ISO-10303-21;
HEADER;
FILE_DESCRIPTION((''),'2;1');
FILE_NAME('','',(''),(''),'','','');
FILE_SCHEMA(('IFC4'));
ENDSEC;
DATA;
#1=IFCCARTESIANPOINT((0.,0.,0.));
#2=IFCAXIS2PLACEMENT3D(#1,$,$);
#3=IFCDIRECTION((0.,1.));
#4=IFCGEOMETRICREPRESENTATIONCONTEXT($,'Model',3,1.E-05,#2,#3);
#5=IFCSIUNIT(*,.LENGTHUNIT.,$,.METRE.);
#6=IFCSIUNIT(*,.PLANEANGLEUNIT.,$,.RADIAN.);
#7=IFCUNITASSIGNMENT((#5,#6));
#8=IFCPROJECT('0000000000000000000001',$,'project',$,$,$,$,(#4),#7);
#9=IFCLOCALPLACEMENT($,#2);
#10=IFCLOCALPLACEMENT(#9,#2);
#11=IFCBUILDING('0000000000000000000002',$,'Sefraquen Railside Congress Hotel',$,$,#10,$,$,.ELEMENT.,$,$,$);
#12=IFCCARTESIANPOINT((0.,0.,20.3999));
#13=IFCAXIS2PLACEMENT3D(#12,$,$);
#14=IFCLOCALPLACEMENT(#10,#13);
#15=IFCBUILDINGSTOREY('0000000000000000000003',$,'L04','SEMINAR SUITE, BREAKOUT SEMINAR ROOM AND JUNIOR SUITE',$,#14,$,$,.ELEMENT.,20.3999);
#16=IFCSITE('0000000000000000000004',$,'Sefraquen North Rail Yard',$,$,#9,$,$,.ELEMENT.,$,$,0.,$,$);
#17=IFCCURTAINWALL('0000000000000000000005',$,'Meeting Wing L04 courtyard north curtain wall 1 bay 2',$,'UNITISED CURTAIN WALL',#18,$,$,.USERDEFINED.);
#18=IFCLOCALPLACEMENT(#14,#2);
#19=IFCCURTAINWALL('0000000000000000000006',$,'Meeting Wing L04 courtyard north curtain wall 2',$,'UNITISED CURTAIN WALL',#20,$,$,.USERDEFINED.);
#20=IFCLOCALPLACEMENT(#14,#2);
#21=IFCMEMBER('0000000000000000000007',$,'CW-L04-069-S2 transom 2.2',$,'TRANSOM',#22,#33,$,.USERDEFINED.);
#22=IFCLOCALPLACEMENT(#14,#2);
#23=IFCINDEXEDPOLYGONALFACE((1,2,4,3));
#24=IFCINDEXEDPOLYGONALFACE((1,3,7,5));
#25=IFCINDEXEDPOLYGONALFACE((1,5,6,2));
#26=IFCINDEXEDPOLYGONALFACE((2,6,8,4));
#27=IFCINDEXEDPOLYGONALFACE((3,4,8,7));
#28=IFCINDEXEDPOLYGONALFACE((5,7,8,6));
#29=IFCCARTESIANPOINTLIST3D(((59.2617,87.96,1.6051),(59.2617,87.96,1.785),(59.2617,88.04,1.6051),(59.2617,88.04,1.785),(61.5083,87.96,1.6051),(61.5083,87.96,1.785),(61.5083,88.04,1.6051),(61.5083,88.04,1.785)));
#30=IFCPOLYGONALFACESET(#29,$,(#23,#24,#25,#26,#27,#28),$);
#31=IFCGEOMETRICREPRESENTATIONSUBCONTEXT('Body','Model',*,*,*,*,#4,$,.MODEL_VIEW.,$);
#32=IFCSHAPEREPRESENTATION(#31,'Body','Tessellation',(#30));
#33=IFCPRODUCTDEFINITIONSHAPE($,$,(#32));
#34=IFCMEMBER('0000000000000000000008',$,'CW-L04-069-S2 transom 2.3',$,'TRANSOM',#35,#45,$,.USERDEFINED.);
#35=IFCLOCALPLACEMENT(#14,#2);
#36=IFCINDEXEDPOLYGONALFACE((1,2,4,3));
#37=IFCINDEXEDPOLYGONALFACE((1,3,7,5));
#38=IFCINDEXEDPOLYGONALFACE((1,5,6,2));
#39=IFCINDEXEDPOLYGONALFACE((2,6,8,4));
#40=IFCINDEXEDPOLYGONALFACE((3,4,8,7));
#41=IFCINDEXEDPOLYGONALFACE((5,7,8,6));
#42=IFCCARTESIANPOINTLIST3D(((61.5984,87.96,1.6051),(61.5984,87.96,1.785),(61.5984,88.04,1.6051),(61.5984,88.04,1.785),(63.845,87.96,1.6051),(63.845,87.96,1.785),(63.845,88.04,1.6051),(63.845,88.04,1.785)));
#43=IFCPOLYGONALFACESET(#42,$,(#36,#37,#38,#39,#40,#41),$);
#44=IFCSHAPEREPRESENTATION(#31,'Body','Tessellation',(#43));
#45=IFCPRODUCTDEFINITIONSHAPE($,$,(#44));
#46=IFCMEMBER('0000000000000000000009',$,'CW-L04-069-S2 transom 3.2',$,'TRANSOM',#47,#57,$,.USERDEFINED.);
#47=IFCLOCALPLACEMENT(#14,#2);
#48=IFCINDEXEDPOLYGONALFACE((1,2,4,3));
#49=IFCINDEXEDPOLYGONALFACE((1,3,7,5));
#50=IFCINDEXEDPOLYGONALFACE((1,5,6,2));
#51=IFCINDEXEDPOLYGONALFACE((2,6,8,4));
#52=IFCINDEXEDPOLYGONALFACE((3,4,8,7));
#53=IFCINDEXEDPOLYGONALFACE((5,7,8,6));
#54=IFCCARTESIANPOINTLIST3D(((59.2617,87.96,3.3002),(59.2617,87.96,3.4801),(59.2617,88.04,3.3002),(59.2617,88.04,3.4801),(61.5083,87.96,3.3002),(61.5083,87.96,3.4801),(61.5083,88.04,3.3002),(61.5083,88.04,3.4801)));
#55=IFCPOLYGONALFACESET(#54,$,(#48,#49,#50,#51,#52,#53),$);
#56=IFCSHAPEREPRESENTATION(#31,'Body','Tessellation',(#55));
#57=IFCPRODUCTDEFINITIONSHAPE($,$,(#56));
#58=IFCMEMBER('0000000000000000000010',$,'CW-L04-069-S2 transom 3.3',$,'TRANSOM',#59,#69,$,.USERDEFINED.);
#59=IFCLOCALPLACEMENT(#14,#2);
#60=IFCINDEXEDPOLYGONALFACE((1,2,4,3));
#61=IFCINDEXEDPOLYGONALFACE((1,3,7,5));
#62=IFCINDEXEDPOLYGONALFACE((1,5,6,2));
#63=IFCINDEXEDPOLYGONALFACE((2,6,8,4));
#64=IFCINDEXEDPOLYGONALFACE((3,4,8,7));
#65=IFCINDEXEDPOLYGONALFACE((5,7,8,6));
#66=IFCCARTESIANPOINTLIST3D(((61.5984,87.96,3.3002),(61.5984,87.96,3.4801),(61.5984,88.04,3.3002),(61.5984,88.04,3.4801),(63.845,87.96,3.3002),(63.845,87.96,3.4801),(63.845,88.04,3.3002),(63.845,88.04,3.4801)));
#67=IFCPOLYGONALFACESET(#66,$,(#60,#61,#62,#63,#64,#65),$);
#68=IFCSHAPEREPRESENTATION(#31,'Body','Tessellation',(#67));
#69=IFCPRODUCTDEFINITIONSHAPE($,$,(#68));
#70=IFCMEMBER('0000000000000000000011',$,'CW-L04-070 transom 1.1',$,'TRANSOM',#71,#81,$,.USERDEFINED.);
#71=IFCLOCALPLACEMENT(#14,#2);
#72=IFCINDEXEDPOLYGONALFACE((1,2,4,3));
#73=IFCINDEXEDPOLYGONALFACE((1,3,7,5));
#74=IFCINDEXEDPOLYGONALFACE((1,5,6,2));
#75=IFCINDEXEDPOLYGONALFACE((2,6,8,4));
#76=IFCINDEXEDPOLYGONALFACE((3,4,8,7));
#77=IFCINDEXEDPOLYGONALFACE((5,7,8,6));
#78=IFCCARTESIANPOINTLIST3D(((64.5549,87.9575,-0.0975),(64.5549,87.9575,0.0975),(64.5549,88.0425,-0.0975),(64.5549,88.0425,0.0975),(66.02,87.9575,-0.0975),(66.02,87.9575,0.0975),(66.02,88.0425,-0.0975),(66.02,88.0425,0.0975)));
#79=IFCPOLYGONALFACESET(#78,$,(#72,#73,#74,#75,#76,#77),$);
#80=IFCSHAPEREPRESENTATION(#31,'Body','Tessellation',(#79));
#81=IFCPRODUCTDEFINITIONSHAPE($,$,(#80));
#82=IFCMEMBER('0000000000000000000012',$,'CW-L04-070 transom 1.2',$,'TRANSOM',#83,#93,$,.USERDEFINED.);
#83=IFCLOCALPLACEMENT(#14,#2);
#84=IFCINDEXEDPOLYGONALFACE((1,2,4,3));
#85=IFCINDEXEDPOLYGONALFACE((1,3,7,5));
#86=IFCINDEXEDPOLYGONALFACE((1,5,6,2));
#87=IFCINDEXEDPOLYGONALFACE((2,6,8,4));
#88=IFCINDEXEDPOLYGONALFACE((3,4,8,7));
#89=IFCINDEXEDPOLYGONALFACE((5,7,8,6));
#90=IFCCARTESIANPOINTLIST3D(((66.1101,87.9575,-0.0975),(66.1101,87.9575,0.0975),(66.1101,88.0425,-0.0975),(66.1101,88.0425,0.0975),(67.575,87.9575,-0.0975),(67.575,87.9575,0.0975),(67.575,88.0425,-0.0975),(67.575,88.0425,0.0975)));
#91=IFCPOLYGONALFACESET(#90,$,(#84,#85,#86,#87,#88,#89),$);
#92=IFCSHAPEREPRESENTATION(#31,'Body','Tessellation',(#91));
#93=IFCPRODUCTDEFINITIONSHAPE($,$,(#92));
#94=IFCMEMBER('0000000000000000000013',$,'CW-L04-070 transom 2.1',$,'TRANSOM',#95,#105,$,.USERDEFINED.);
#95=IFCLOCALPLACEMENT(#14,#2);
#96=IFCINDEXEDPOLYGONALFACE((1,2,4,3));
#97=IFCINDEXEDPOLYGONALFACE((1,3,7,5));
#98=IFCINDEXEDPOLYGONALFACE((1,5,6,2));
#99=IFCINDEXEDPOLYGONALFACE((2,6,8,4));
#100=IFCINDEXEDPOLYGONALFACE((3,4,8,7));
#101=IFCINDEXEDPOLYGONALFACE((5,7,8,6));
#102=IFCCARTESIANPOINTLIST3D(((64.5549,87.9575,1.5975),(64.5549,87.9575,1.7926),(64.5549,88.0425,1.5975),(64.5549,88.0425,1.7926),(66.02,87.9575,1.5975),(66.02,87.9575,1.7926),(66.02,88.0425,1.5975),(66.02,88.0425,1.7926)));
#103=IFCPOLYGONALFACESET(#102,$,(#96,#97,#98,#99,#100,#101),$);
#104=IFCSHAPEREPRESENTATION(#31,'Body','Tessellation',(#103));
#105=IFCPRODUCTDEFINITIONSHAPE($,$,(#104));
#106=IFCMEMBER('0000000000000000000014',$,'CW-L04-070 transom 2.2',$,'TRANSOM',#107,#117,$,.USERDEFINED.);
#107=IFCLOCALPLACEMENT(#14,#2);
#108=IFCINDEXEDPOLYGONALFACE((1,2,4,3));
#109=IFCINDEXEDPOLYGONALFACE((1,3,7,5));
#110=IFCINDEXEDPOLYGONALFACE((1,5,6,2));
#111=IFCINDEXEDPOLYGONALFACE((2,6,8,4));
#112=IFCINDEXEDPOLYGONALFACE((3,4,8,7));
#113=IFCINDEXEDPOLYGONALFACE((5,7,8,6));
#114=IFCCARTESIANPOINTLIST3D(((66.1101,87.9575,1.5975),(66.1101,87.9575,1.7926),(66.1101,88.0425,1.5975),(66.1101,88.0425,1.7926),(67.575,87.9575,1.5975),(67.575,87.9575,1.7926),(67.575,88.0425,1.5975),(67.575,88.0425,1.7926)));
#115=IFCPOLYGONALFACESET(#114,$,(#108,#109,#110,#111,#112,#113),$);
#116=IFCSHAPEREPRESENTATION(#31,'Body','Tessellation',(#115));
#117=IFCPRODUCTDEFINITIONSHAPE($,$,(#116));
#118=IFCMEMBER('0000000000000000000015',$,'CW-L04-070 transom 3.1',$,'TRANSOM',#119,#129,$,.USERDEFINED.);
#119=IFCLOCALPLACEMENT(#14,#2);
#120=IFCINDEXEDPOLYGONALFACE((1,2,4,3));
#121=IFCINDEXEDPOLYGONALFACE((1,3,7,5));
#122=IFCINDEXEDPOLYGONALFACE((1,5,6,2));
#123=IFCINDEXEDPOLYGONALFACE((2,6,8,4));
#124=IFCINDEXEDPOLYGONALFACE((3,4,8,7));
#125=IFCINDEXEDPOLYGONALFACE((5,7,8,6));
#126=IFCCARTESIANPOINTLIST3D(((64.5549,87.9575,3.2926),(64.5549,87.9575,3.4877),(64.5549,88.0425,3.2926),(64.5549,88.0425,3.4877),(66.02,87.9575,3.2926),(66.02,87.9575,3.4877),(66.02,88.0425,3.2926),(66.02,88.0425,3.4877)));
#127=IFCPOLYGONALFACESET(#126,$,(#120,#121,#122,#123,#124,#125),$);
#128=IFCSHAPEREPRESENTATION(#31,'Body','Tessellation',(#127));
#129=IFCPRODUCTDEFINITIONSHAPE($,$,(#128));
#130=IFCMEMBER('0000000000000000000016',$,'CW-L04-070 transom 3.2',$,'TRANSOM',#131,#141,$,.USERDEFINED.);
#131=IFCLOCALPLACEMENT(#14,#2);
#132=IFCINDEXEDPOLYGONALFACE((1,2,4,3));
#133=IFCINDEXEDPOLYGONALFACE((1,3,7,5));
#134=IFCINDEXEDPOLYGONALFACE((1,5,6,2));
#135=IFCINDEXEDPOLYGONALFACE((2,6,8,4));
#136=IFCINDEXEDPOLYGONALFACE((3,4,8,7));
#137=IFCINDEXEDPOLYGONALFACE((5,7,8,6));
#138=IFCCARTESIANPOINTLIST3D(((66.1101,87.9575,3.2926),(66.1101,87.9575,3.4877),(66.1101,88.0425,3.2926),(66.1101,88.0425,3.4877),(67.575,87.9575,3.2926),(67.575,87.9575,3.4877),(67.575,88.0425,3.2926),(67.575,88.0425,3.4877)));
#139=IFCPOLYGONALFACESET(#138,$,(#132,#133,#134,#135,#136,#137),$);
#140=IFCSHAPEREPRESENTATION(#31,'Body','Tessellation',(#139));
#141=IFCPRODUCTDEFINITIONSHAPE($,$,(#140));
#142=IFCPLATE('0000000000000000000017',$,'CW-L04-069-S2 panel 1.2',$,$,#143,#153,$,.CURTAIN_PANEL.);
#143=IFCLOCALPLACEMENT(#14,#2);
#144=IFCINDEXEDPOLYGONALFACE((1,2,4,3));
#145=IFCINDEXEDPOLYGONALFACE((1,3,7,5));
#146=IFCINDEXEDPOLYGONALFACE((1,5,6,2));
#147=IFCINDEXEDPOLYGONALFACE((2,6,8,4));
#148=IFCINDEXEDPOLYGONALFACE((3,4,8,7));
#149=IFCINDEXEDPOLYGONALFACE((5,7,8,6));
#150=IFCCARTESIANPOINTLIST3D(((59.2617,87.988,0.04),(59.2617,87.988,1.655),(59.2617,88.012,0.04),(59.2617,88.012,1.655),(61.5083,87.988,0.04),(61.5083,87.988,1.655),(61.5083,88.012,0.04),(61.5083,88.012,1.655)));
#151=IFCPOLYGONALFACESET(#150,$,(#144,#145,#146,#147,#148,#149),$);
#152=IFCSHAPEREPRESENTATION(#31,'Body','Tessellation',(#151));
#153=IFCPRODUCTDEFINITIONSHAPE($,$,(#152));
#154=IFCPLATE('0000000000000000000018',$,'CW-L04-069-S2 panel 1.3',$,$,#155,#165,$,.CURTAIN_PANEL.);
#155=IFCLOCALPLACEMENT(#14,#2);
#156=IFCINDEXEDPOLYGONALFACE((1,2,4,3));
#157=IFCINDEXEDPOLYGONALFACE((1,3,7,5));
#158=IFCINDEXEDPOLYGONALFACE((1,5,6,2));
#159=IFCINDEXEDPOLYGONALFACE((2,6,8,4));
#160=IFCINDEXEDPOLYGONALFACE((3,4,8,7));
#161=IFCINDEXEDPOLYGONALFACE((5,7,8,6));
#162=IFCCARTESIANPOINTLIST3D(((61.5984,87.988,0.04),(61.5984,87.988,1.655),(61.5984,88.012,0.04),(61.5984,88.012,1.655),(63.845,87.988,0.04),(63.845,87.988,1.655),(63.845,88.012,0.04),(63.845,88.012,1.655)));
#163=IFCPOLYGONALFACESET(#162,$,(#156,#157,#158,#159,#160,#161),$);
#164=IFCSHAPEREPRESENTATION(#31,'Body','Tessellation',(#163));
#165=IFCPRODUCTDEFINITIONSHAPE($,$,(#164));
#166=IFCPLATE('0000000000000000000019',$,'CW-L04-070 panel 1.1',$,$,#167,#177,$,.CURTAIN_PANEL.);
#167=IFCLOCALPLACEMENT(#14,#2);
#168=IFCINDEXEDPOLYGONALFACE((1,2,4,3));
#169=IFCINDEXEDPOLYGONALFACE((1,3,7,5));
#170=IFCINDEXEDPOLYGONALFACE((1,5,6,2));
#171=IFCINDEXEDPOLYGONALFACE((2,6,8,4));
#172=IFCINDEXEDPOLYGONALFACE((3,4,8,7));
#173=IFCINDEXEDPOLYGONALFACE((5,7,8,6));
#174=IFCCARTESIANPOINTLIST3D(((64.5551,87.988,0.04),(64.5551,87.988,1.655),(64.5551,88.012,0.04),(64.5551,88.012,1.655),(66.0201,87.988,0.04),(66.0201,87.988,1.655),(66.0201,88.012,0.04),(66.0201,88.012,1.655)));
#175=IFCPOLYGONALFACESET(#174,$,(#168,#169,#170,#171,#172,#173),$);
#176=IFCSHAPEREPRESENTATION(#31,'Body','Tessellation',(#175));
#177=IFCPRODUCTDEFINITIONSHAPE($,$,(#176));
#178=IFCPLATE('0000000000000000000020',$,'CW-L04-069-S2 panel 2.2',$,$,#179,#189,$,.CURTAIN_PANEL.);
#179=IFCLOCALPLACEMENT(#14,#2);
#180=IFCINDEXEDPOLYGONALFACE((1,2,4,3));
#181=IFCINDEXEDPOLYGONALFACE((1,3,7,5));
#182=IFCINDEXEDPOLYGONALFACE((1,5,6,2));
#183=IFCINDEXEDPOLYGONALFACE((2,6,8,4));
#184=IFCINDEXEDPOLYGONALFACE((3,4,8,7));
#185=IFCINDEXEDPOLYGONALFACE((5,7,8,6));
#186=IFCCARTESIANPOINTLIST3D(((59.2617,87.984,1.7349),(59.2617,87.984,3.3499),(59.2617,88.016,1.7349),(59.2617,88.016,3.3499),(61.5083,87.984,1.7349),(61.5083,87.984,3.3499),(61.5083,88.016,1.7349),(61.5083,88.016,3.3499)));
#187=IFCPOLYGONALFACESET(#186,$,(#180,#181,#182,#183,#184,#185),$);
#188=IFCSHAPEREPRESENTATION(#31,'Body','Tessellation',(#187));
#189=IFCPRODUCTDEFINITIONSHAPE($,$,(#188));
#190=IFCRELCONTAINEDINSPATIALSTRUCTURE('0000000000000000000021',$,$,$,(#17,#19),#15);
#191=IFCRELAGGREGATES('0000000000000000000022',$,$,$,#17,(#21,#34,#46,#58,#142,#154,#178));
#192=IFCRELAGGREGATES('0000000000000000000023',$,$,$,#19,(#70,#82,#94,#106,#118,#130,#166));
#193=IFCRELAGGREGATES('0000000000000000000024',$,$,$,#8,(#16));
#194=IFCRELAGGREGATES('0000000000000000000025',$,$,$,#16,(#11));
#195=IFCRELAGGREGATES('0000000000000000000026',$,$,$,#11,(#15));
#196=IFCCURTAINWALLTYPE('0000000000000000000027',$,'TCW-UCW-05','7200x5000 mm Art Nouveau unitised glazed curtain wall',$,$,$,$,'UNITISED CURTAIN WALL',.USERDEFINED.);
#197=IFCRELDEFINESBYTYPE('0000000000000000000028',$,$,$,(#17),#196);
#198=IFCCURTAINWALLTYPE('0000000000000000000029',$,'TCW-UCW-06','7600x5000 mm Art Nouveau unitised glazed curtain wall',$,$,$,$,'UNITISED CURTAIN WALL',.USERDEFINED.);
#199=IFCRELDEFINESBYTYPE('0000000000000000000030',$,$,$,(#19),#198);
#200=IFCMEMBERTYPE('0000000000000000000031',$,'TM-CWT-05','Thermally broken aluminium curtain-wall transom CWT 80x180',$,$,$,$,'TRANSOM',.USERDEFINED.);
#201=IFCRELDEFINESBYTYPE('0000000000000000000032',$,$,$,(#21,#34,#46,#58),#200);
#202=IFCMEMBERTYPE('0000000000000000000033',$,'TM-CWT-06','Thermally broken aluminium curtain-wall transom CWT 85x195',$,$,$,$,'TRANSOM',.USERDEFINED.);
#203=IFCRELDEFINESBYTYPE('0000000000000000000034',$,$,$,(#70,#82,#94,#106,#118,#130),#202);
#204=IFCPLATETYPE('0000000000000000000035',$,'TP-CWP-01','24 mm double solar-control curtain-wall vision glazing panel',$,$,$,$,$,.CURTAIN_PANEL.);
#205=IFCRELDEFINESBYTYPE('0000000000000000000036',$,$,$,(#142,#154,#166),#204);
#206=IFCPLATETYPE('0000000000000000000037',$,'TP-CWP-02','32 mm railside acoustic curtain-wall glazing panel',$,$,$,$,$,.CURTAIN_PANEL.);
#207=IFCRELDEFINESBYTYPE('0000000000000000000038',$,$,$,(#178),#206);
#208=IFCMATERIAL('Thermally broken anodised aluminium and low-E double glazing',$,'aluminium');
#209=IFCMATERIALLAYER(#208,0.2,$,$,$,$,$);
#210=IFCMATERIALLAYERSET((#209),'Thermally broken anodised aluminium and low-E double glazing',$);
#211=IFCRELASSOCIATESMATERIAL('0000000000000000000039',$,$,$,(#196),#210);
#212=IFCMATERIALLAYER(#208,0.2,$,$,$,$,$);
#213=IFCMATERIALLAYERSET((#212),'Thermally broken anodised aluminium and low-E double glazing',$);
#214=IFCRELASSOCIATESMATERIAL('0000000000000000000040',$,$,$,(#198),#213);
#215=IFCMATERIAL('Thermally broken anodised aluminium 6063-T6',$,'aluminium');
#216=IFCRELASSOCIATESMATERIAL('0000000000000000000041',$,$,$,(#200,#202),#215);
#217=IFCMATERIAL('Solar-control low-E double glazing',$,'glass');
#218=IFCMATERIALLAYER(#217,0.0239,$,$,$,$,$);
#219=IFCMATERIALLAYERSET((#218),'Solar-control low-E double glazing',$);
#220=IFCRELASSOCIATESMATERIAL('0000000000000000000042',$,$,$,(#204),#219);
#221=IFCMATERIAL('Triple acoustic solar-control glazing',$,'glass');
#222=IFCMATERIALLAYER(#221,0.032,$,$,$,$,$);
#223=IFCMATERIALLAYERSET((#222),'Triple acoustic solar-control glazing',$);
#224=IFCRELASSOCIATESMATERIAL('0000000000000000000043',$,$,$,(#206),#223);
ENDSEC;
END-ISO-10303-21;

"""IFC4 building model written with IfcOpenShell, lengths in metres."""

from ifc_helpers import new_model, si_unit, direction, frame, origin, origin_2d, place, context, subcontext, project, spatial, rectangle, extrude, material, layer, layer_set, material_profile, profile_set, type_object, element, aggregate, save


model = new_model("IFC4")

# Units and contexts
model_context = context("Model", 3, precision=1e-05, world=origin(), true_north=direction((0.0, 1.0)))
body_context = subcontext(model_context, "Body", "Model", "MODEL_VIEW")
ifc_project = project(units=[si_unit("LENGTHUNIT", "METRE"), si_unit("PLANEANGLEUNIT", "RADIAN")], contexts=[model_context])

# Site, building, storey
site_placement = place(None, origin())
site = spatial("IfcSite", under=ifc_project, at=site_placement, Name="Sefraquen North Rail Yard", CompositionType="ELEMENT", RefElevation=0.0)
building_placement = place(site_placement, origin())
building = spatial("IfcBuilding", under=site, at=building_placement, Name="Sefraquen Railside Congress Hotel", CompositionType="ELEMENT")
storey_placement = place(building_placement, frame((0.0, 0.0, 20.3999)))
storey = spatial("IfcBuildingStorey", under=building, at=storey_placement, Name="L04", Description="SEMINAR SUITE, BREAKOUT SEMINAR ROOM AND JUNIOR SUITE", CompositionType="ELEMENT", Elevation=20.3999)

# Curtain wall
ifc_material_1 = material(Name="Thermally broken anodised aluminium and low-E double glazing", Category="aluminium")
ifc_layer_1 = layer(ifc_material_1, 0.2)
ifc_layer_set_1 = layer_set([ifc_layer_1], Name="Thermally broken anodised aluminium and low-E double glazing")
curtain_wall_type_1 = type_object("IfcCurtainWallType", Name="TCW-UCW-05", Description="7200x5000 mm Art Nouveau unitised glazed curtain wall", ElementType="UNITISED CURTAIN WALL", PredefinedType="USERDEFINED", material=ifc_layer_set_1)
curtain_wall_1_placement = place(storey_placement, origin())
curtain_wall_1 = element("IfcCurtainWall", 1, at=curtain_wall_1_placement, inside=storey, type_object=curtain_wall_type_1, Name="Meeting Wing L04 courtyard north curtain wall 1 bay 2", ObjectType="UNITISED CURTAIN WALL", PredefinedType="USERDEFINED")
ifc_material_2 = material(Name="Thermally broken anodised aluminium 6063-T6", Category="aluminium")

# Curtain wall
ifc_layer_2 = layer(ifc_material_1, 0.2)
ifc_layer_set_2 = layer_set([ifc_layer_2], Name="Thermally broken anodised aluminium and low-E double glazing")
curtain_wall_type_2 = type_object("IfcCurtainWallType", Name="TCW-UCW-06", Description="7600x5000 mm Art Nouveau unitised glazed curtain wall", ElementType="UNITISED CURTAIN WALL", PredefinedType="USERDEFINED", material=ifc_layer_set_2)
curtain_wall_2_placement = place(storey_placement, origin())
curtain_wall_2 = element("IfcCurtainWall", 2, at=curtain_wall_2_placement, inside=storey, type_object=curtain_wall_type_2, Name="Meeting Wing L04 courtyard north curtain wall 2", ObjectType="UNITISED CURTAIN WALL", PredefinedType="USERDEFINED")

# Members
ifc_material_profile_1 = material_profile(ifc_material_2, rectangle(XDim=0.0801, YDim=0.1799, at=origin_2d()), Name="CWT 80x180")
ifc_profile_set_1 = profile_set([ifc_material_profile_1], Name="Thermally broken anodised aluminium 6063-T6")
member_type_1 = type_object("IfcMemberType", Name="TM-CWT-05", Description="Thermally broken aluminium curtain-wall transom CWT 80x180", ElementType="TRANSOM", PredefinedType="USERDEFINED", material=ifc_profile_set_1)
member_1_placement = place(storey_placement, frame((59.2617, 88.0, 1.6951), z_axis=(1.0, 0.0, 0.0), x_axis=(0.0, 1.0, 0.0)))
member_1 = element("IfcMember", 3, at=member_1_placement, type_object=member_type_1, Name="CW-L04-069-S2 transom 2.2", ObjectType="TRANSOM", PredefinedType="USERDEFINED", context=body_context, shape_type="SweptSolid", body=[
    extrude(rectangle(XDim=0.0801, YDim=0.1799, at=origin_2d()), origin(), (0.0, 0.0, 1.0), 2.2466),
])
member_2_placement = place(storey_placement, frame((61.5984, 88.0, 1.6951), z_axis=(1.0, 0.0, 0.0), x_axis=(0.0, 1.0, 0.0)))
member_2 = element("IfcMember", 4, at=member_2_placement, type_object=member_type_1, Name="CW-L04-069-S2 transom 2.3", ObjectType="TRANSOM", PredefinedType="USERDEFINED", context=body_context, shape_type="SweptSolid", body=[
    extrude(rectangle(XDim=0.0801, YDim=0.1799, at=origin_2d()), origin(), (0.0, 0.0, 1.0), 2.2466),
])
member_3_placement = place(storey_placement, frame((59.2617, 88.0, 3.3901), z_axis=(1.0, 0.0, 0.0), x_axis=(0.0, 1.0, 0.0)))
member_3 = element("IfcMember", 5, at=member_3_placement, type_object=member_type_1, Name="CW-L04-069-S2 transom 3.2", ObjectType="TRANSOM", PredefinedType="USERDEFINED", context=body_context, shape_type="SweptSolid", body=[
    extrude(rectangle(XDim=0.0801, YDim=0.1799, at=origin_2d()), origin(), (0.0, 0.0, 1.0), 2.2466),
])
member_4_placement = place(storey_placement, frame((61.5984, 88.0, 3.3901), z_axis=(1.0, 0.0, 0.0), x_axis=(0.0, 1.0, 0.0)))
member_4 = element("IfcMember", 6, at=member_4_placement, type_object=member_type_1, Name="CW-L04-069-S2 transom 3.3", ObjectType="TRANSOM", PredefinedType="USERDEFINED", context=body_context, shape_type="SweptSolid", body=[
    extrude(rectangle(XDim=0.0801, YDim=0.1799, at=origin_2d()), origin(), (0.0, 0.0, 1.0), 2.2466),
])
ifc_material_profile_2 = material_profile(ifc_material_2, rectangle(XDim=0.085, YDim=0.1951, at=origin_2d()), Name="CWT 85x195")
ifc_profile_set_2 = profile_set([ifc_material_profile_2], Name="Thermally broken anodised aluminium 6063-T6")
member_type_2 = type_object("IfcMemberType", Name="TM-CWT-06", Description="Thermally broken aluminium curtain-wall transom CWT 85x195", ElementType="TRANSOM", PredefinedType="USERDEFINED", material=ifc_profile_set_2)
member_5_placement = place(storey_placement, frame((64.5549, 88.0, 0.0), z_axis=(1.0, 0.0, 0.0), x_axis=(0.0, 1.0, 0.0)))
member_5 = element("IfcMember", 7, at=member_5_placement, type_object=member_type_2, Name="CW-L04-070 transom 1.1", ObjectType="TRANSOM", PredefinedType="USERDEFINED", context=body_context, shape_type="SweptSolid", body=[
    extrude(rectangle(XDim=0.085, YDim=0.1951, at=origin_2d()), origin(), (0.0, 0.0, 1.0), 1.4651),
])
member_6_placement = place(storey_placement, frame((66.1101, 88.0, 0.0), z_axis=(1.0, 0.0, 0.0), x_axis=(0.0, 1.0, 0.0)))
member_6 = element("IfcMember", 8, at=member_6_placement, type_object=member_type_2, Name="CW-L04-070 transom 1.2", ObjectType="TRANSOM", PredefinedType="USERDEFINED", context=body_context, shape_type="SweptSolid", body=[
    extrude(rectangle(XDim=0.085, YDim=0.1951, at=origin_2d()), origin(), (0.0, 0.0, 1.0), 1.4648),
])
member_7_placement = place(storey_placement, frame((64.5549, 88.0, 1.6951), z_axis=(1.0, 0.0, 0.0), x_axis=(0.0, 1.0, 0.0)))
member_7 = element("IfcMember", 9, at=member_7_placement, type_object=member_type_2, Name="CW-L04-070 transom 2.1", ObjectType="TRANSOM", PredefinedType="USERDEFINED", context=body_context, shape_type="SweptSolid", body=[
    extrude(rectangle(XDim=0.085, YDim=0.1951, at=origin_2d()), origin(), (0.0, 0.0, 1.0), 1.4651),
])
member_8_placement = place(storey_placement, frame((66.1101, 88.0, 1.6951), z_axis=(1.0, 0.0, 0.0), x_axis=(0.0, 1.0, 0.0)))
member_8 = element("IfcMember", 10, at=member_8_placement, type_object=member_type_2, Name="CW-L04-070 transom 2.2", ObjectType="TRANSOM", PredefinedType="USERDEFINED", context=body_context, shape_type="SweptSolid", body=[
    extrude(rectangle(XDim=0.085, YDim=0.1951, at=origin_2d()), origin(), (0.0, 0.0, 1.0), 1.4648),
])
member_9_placement = place(storey_placement, frame((64.5549, 88.0, 3.3901), z_axis=(1.0, 0.0, 0.0), x_axis=(0.0, 1.0, 0.0)))
member_9 = element("IfcMember", 11, at=member_9_placement, type_object=member_type_2, Name="CW-L04-070 transom 3.1", ObjectType="TRANSOM", PredefinedType="USERDEFINED", context=body_context, shape_type="SweptSolid", body=[
    extrude(rectangle(XDim=0.085, YDim=0.1951, at=origin_2d()), origin(), (0.0, 0.0, 1.0), 1.4651),
])
member_10_placement = place(storey_placement, frame((66.1101, 88.0, 3.3901), z_axis=(1.0, 0.0, 0.0), x_axis=(0.0, 1.0, 0.0)))
member_10 = element("IfcMember", 12, at=member_10_placement, type_object=member_type_2, Name="CW-L04-070 transom 3.2", ObjectType="TRANSOM", PredefinedType="USERDEFINED", context=body_context, shape_type="SweptSolid", body=[
    extrude(rectangle(XDim=0.085, YDim=0.1951, at=origin_2d()), origin(), (0.0, 0.0, 1.0), 1.4648),
])

# Plates
ifc_material_3 = material(Name="Solar-control low-E double glazing", Category="glass")
ifc_layer_3 = layer(ifc_material_3, 0.0239)
ifc_layer_set_3 = layer_set([ifc_layer_3], Name="Solar-control low-E double glazing")
plate_type_1 = type_object("IfcPlateType", Name="TP-CWP-01", Description="24 mm double solar-control curtain-wall vision glazing panel", PredefinedType="CURTAIN_PANEL", material=ifc_layer_set_3)
plate_1_placement = place(storey_placement, frame((60.385, 88.0, 0.04), z_axis=(0.0, 0.0, 1.0), x_axis=(1.0, 0.0, 0.0)))
plate_1 = element("IfcPlate", 13, at=plate_1_placement, type_object=plate_type_1, Name="CW-L04-069-S2 panel 1.2", PredefinedType="CURTAIN_PANEL", context=body_context, shape_type="SweptSolid", body=[
    extrude(rectangle(XDim=2.2466, YDim=0.0239, at=origin_2d()), origin(), (0.0, 0.0, 1.0), 1.615),
])
plate_2_placement = place(storey_placement, frame((62.7217, 88.0, 0.04), z_axis=(0.0, 0.0, 1.0), x_axis=(1.0, 0.0, 0.0)))
plate_2 = element("IfcPlate", 14, at=plate_2_placement, type_object=plate_type_1, Name="CW-L04-069-S2 panel 1.3", PredefinedType="CURTAIN_PANEL", context=body_context, shape_type="SweptSolid", body=[
    extrude(rectangle(XDim=2.2466, YDim=0.0239, at=origin_2d()), origin(), (0.0, 0.0, 1.0), 1.615),
])
plate_3_placement = place(storey_placement, frame((65.2876, 88.0, 0.04), z_axis=(0.0, 0.0, 1.0), x_axis=(1.0, 0.0, 0.0)))
plate_3 = element("IfcPlate", 15, at=plate_3_placement, type_object=plate_type_1, Name="CW-L04-070 panel 1.1", PredefinedType="CURTAIN_PANEL", context=body_context, shape_type="SweptSolid", body=[
    extrude(rectangle(XDim=1.4651, YDim=0.0239, at=origin_2d()), origin(), (0.0, 0.0, 1.0), 1.615),
])
ifc_material_4 = material(Name="Triple acoustic solar-control glazing", Category="glass")
ifc_layer_4 = layer(ifc_material_4, 0.032)
ifc_layer_set_4 = layer_set([ifc_layer_4], Name="Triple acoustic solar-control glazing")
plate_type_2 = type_object("IfcPlateType", Name="TP-CWP-02", Description="32 mm railside acoustic curtain-wall glazing panel", PredefinedType="CURTAIN_PANEL", material=ifc_layer_set_4)
plate_4_placement = place(storey_placement, frame((60.385, 88.0, 1.7349), z_axis=(0.0, 0.0, 1.0), x_axis=(1.0, 0.0, 0.0)))
plate_4 = element("IfcPlate", 16, at=plate_4_placement, type_object=plate_type_2, Name="CW-L04-069-S2 panel 2.2", PredefinedType="CURTAIN_PANEL", context=body_context, shape_type="SweptSolid", body=[
    extrude(rectangle(XDim=2.2466, YDim=0.032, at=origin_2d()), origin(), (0.0, 0.0, 1.0), 1.615),
])
aggregate(curtain_wall_1, [member_1, member_2, member_3, member_4, plate_1, plate_2, plate_4])
aggregate(curtain_wall_2, [member_5, member_6, member_7, member_8, member_9, member_10, plate_3])

save(model, "model.ifc")
